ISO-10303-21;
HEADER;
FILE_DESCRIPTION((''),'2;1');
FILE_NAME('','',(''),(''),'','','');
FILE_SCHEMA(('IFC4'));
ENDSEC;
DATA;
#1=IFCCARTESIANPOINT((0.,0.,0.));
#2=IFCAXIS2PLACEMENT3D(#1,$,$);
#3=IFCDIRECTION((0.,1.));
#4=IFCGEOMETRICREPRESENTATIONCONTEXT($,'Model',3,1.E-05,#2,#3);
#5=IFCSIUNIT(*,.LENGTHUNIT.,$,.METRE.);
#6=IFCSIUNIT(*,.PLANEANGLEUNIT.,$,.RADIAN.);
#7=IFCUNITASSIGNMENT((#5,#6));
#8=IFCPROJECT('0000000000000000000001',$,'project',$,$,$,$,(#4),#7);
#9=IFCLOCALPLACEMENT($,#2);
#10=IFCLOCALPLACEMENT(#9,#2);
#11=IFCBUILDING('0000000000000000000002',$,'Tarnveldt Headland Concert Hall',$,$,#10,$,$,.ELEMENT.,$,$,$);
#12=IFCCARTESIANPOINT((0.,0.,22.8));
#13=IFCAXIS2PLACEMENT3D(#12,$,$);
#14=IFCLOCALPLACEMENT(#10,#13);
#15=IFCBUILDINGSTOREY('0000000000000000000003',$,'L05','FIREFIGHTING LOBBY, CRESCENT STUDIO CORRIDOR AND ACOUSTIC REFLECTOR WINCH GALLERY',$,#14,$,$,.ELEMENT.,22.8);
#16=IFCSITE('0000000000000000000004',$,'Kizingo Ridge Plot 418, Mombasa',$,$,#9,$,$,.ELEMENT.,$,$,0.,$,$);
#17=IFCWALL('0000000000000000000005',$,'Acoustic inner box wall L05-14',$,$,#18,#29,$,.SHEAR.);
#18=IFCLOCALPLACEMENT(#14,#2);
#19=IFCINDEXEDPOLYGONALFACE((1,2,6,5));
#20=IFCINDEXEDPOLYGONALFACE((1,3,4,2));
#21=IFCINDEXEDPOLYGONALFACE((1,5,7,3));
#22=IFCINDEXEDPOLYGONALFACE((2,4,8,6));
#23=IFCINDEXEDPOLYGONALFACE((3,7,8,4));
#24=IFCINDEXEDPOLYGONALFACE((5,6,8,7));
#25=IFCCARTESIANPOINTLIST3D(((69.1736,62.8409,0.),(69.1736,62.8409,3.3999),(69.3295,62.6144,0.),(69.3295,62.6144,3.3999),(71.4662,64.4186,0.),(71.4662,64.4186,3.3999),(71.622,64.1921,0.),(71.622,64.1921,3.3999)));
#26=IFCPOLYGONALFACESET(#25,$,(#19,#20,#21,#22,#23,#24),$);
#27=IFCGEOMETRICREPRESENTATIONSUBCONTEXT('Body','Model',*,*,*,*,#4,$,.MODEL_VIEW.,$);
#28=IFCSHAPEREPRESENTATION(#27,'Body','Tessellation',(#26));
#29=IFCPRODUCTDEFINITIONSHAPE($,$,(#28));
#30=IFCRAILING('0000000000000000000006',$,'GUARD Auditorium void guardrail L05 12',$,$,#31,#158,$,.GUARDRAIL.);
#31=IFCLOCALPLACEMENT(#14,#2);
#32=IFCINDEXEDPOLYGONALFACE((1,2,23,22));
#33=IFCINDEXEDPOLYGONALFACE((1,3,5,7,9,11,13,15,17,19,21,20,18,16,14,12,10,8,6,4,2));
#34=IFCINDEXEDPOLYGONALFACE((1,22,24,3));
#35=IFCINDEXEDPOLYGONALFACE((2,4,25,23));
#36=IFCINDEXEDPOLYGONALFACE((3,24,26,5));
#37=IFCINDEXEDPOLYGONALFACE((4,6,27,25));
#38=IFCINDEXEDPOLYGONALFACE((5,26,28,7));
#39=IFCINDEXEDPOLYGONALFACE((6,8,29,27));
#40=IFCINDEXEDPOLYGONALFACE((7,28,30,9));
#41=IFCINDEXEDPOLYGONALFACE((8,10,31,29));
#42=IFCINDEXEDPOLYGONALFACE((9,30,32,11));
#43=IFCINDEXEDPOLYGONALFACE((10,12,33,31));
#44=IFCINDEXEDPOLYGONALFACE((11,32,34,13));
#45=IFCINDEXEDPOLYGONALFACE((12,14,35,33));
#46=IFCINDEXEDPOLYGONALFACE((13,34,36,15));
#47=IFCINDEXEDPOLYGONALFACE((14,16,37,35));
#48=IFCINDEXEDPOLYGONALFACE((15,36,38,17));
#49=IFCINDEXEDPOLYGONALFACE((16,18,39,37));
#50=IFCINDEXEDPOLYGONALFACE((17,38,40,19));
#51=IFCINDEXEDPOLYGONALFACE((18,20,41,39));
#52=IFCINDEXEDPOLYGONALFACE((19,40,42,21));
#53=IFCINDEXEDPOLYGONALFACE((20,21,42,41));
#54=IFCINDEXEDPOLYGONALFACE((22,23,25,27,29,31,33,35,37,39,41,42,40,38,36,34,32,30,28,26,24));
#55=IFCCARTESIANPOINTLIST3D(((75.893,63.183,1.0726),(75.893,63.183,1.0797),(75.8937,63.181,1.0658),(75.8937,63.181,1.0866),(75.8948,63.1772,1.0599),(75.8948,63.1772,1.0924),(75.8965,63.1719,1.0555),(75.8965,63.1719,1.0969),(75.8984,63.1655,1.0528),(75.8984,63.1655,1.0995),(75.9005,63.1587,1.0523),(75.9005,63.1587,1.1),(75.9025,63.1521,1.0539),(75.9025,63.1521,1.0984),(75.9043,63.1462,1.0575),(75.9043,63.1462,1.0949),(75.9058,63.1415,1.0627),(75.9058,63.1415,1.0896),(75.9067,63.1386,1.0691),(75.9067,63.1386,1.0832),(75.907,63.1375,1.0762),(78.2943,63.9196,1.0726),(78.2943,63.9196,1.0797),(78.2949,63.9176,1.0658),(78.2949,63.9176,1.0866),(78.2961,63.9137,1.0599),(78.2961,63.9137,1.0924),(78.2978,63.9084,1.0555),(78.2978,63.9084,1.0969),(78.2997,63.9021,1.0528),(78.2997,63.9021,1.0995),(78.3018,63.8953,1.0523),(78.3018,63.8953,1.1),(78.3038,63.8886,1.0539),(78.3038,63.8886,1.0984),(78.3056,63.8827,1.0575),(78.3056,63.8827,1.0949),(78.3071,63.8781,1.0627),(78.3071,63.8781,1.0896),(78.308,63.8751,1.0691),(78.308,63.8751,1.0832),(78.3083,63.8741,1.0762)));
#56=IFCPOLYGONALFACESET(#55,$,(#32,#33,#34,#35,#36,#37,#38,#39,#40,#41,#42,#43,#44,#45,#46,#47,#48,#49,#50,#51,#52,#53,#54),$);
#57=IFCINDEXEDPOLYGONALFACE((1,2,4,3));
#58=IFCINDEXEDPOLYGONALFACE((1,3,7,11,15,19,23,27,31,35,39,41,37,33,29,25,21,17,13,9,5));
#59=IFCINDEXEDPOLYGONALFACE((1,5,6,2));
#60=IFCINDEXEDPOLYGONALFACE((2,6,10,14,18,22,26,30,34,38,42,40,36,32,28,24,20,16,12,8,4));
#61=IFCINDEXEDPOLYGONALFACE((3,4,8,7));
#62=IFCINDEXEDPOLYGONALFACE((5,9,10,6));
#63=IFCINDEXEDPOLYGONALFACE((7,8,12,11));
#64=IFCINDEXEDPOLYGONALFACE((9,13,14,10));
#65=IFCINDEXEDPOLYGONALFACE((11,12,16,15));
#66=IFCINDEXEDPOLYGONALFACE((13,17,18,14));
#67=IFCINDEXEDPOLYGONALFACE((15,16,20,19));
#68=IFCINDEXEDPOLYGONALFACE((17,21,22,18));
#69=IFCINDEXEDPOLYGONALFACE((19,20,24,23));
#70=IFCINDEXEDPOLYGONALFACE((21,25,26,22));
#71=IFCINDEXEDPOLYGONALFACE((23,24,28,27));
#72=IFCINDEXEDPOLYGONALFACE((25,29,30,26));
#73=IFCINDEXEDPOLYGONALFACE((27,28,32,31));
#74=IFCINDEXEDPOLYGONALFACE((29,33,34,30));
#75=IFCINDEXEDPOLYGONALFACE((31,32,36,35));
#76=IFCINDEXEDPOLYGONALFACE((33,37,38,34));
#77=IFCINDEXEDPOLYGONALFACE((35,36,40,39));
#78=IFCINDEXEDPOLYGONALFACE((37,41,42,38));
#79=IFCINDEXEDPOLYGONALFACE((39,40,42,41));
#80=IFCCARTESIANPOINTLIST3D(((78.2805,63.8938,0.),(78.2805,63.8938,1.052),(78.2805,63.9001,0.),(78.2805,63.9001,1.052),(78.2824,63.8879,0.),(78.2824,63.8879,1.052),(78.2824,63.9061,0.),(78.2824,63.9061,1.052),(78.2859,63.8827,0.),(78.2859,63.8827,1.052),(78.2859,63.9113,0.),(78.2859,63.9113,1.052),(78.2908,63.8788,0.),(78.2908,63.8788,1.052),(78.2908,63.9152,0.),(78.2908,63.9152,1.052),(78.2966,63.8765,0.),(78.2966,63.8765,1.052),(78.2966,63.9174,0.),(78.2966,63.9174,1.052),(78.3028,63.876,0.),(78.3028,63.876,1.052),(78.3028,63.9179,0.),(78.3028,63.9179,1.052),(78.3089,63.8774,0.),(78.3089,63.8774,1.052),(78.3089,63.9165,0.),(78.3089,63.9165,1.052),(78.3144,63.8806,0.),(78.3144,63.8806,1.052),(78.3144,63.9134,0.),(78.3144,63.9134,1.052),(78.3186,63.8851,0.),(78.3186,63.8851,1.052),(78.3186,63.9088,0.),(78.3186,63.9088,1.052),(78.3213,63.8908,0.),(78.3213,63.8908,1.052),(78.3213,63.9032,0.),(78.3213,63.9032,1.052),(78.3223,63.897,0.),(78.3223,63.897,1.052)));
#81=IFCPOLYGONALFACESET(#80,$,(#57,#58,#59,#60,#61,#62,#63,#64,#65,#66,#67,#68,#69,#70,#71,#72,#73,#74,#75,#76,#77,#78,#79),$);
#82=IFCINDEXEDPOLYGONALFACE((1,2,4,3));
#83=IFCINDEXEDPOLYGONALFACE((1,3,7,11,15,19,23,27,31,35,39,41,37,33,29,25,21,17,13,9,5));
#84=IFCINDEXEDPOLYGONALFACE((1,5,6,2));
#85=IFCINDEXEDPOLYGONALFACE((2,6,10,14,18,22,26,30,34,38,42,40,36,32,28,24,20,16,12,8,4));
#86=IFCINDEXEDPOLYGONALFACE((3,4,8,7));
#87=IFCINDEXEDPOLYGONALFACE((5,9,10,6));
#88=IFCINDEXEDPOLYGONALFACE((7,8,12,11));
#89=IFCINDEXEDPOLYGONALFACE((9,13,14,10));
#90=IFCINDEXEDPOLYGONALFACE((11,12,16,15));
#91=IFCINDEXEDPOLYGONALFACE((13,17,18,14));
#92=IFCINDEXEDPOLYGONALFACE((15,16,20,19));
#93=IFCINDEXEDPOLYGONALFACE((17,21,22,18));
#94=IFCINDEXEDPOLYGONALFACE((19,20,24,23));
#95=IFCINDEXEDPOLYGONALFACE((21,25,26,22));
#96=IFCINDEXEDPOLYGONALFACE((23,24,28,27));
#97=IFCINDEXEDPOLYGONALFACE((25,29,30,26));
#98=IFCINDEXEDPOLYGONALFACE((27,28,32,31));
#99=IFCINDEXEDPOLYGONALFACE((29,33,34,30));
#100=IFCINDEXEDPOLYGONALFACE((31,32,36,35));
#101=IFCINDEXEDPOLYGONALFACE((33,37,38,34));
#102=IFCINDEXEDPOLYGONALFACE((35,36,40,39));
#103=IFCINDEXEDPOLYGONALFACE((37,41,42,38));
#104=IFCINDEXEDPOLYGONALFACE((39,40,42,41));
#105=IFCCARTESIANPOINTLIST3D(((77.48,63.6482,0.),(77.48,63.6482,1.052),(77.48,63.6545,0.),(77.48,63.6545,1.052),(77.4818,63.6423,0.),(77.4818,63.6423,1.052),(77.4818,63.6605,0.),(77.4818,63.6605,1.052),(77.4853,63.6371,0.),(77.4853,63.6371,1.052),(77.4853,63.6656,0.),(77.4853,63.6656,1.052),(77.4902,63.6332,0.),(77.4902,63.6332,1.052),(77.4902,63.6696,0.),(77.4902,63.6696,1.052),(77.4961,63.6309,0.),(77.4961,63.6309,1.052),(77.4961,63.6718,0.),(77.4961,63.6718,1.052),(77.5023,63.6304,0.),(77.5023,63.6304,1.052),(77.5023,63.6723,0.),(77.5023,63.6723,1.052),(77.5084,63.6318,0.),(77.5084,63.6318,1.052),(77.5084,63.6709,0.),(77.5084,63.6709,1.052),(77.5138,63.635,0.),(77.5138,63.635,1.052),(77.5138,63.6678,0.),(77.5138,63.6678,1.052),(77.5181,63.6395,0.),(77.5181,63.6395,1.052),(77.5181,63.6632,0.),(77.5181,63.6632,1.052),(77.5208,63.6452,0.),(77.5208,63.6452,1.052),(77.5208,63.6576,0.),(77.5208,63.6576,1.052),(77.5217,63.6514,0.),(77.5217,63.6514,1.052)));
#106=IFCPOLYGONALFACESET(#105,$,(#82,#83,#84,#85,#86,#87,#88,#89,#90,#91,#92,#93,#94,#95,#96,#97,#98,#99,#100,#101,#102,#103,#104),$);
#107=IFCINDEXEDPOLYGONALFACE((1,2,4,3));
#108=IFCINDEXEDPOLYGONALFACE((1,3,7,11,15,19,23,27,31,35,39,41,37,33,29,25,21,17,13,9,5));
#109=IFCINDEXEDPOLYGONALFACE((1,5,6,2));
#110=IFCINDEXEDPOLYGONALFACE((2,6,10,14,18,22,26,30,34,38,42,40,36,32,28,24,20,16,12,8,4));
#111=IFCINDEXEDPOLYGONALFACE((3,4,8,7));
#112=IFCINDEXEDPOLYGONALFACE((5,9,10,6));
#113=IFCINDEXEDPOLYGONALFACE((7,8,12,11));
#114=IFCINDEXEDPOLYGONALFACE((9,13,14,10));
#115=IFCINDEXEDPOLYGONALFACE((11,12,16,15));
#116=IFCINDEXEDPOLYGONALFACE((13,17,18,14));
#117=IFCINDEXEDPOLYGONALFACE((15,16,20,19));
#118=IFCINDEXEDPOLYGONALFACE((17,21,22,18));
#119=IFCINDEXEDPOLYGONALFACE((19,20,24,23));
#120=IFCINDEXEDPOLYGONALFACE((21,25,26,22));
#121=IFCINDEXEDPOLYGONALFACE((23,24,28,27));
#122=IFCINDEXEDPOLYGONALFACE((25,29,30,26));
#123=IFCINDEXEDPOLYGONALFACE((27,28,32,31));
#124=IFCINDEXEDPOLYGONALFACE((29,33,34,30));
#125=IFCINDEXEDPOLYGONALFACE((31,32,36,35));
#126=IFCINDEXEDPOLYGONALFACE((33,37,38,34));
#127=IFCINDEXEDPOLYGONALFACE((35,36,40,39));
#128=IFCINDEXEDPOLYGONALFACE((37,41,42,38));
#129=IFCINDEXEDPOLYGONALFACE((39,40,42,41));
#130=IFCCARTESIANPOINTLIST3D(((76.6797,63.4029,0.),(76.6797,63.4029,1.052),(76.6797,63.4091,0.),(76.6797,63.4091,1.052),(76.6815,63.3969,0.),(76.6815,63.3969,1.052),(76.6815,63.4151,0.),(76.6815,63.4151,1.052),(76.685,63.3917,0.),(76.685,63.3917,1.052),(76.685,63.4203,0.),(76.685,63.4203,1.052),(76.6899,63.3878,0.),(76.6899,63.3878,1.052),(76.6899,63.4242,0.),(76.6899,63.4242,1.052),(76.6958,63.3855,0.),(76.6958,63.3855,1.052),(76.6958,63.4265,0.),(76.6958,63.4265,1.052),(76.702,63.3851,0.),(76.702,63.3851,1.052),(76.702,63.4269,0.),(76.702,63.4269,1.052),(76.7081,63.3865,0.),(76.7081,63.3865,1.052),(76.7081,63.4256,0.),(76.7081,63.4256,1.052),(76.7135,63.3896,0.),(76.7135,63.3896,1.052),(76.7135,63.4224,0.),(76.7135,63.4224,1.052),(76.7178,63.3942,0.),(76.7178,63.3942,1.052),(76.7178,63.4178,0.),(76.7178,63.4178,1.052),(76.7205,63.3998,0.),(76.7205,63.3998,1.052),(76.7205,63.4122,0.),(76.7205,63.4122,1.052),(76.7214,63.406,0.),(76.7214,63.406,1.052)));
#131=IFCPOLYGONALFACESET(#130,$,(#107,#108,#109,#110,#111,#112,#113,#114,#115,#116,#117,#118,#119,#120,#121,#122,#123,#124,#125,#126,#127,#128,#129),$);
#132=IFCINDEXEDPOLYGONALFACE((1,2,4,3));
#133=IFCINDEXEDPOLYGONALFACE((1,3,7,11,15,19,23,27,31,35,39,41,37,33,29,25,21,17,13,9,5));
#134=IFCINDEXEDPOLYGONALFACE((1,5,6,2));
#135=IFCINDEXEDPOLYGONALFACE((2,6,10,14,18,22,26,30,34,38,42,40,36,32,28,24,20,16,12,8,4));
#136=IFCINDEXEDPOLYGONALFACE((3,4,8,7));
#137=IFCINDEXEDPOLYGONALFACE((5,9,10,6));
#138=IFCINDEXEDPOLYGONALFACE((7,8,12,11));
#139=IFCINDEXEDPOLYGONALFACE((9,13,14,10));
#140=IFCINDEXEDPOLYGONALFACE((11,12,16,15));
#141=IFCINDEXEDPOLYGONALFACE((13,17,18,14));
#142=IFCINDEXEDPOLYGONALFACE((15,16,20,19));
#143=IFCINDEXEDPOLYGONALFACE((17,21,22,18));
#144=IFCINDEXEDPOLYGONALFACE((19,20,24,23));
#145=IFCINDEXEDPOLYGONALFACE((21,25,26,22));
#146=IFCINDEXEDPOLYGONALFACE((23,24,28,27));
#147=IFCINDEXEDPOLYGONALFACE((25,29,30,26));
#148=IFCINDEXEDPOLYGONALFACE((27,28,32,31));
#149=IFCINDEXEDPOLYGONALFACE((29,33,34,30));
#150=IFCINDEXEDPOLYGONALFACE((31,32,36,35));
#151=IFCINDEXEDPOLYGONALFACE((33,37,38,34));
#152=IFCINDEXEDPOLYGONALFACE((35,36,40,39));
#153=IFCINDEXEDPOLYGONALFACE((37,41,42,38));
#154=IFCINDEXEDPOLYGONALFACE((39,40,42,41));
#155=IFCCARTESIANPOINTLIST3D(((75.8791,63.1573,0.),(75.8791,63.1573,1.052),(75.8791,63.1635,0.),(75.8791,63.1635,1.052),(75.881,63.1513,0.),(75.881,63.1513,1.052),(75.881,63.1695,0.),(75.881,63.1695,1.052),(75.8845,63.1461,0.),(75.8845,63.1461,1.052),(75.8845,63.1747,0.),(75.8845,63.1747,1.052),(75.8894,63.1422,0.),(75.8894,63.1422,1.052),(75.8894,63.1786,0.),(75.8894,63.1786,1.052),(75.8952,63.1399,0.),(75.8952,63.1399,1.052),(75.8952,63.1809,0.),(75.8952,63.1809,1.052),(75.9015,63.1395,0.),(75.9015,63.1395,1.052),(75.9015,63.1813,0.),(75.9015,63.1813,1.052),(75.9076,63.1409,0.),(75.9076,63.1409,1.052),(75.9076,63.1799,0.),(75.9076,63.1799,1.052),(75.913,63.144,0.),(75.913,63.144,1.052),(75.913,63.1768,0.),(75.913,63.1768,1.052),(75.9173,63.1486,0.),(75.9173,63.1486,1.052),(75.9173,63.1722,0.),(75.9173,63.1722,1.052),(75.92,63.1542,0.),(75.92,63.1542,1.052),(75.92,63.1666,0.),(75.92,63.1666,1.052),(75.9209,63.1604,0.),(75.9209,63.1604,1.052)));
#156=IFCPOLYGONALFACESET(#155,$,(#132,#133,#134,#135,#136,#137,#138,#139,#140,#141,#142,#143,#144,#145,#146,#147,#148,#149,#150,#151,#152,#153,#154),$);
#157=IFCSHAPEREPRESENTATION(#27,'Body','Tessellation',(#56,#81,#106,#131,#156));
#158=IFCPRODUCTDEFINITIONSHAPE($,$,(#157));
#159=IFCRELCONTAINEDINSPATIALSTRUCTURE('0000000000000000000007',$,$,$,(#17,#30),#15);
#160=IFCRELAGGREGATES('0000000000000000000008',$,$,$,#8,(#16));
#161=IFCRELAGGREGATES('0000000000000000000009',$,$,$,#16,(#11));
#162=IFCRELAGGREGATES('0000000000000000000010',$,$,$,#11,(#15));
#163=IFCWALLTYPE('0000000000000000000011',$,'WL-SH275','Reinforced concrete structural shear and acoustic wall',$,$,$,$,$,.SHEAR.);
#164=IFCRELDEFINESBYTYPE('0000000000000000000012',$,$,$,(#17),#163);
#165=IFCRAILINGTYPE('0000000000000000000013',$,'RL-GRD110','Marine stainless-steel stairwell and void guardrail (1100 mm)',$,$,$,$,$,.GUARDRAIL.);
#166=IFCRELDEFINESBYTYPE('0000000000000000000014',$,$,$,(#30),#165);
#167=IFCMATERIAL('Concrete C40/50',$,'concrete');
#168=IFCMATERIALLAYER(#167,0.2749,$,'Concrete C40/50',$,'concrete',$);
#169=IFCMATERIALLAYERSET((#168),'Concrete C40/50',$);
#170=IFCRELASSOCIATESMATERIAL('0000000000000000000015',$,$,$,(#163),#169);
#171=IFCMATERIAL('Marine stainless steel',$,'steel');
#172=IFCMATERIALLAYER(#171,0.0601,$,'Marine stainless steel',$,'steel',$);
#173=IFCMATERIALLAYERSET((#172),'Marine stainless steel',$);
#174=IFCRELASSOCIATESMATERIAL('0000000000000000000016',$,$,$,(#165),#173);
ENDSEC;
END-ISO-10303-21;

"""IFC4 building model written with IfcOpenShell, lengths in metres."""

from ifc_helpers import new_model, si_unit, direction, frame, frame_2d, origin, origin_2d, place, context, subcontext, project, spatial, rectangle, circle, extrude, material, layer, layer_set, type_object, element, save


model = new_model("IFC4")

# Units and contexts
model_context = context("Model", 3, precision=1e-05, world=origin(), true_north=direction((0.0, 1.0)))
body_context = subcontext(model_context, "Body", "Model", "MODEL_VIEW")
ifc_project = project(units=[si_unit("LENGTHUNIT", "METRE"), si_unit("PLANEANGLEUNIT", "RADIAN")], contexts=[model_context])

# Site, building, storey
site_placement = place(None, origin())
site = spatial("IfcSite", under=ifc_project, at=site_placement, Name="Kizingo Ridge Plot 418, Mombasa", CompositionType="ELEMENT", RefElevation=0.0)
building_placement = place(site_placement, origin())
building = spatial("IfcBuilding", under=site, at=building_placement, Name="Tarnveldt Headland Concert Hall", CompositionType="ELEMENT")
storey_placement = place(building_placement, frame((0.0, 0.0, 22.8)))
storey = spatial("IfcBuildingStorey", under=building, at=storey_placement, Name="L05", Description="FIREFIGHTING LOBBY, CRESCENT STUDIO CORRIDOR AND ACOUSTIC REFLECTOR WINCH GALLERY", CompositionType="ELEMENT", Elevation=22.8)

# Shared definitions
ifc_material_1 = material(Name="Concrete C40/50", Category="concrete")

# Wall
ifc_layer_1 = layer(ifc_material_1, 0.2749, Name="Concrete C40/50", Category="concrete")
ifc_layer_set_1 = layer_set([ifc_layer_1], Name="Concrete C40/50")
wall_type_1 = type_object("IfcWallType", Name="WL-SH275", Description="Reinforced concrete structural shear and acoustic wall", PredefinedType="SHEAR", material=ifc_layer_set_1)
wall_1_placement = place(storey_placement, frame((71.5442, 64.3054, 0.0), z_axis=(0.0, 0.0, 1.0), x_axis=(-0.823781, -0.566909, 0.0)))
element("IfcWall", 1, at=wall_1_placement, inside=storey, type_object=wall_type_1, Name="Acoustic inner box wall L05-14", PredefinedType="SHEAR", context=body_context, shape_type="SweptSolid", body=[
    extrude(rectangle(XDim=2.783, YDim=0.2749, at=frame_2d((1.3916, 0.0))), origin(), (0.0, 0.0, 1.0), 3.3999),
])

# Railing
ifc_material_2 = material(Name="Marine stainless steel", Category="steel")
ifc_layer_2 = layer(ifc_material_2, 0.0601, Name="Marine stainless steel", Category="steel")
ifc_layer_set_2 = layer_set([ifc_layer_2], Name="Marine stainless steel")
railing_type = type_object("IfcRailingType", Name="RL-GRD110", Description="Marine stainless-steel stairwell and void guardrail (1100 mm)", PredefinedType="GUARDRAIL", material=ifc_layer_set_2)
railing_1_placement = place(storey_placement, frame((78.3013, 63.897, 0.0)))
element("IfcRailing", 2, at=railing_1_placement, inside=storey, type_object=railing_type, Name="GUARD Auditorium void guardrail L05 12", PredefinedType="GUARDRAIL", context=body_context, shape_type="SweptSolid", body=[
    extrude(circle(Radius=0.0239, at=origin_2d()), frame((0.0, 0.0, 1.0762), z_axis=(-0.956037, -0.293246, 0.0), x_axis=(0.293246, -0.956037, 0.0)), (0.0, 0.0, 1.0), 2.5117),
    extrude(circle(Radius=0.021, at=origin_2d()), origin(), (0.0, 0.0, 1.0), 1.052),
    extrude(circle(Radius=0.021, at=origin_2d()), frame((-0.8005, -0.2456, 0.0)), (0.0, 0.0, 1.0), 1.052),
    extrude(circle(Radius=0.021, at=origin_2d()), frame((-1.6008, -0.491, 0.0)), (0.0, 0.0, 1.0), 1.052),
    extrude(circle(Radius=0.021, at=origin_2d()), frame((-2.4014, -0.7366, 0.0)), (0.0, 0.0, 1.0), 1.052),
])

save(model, "model.ifc")
